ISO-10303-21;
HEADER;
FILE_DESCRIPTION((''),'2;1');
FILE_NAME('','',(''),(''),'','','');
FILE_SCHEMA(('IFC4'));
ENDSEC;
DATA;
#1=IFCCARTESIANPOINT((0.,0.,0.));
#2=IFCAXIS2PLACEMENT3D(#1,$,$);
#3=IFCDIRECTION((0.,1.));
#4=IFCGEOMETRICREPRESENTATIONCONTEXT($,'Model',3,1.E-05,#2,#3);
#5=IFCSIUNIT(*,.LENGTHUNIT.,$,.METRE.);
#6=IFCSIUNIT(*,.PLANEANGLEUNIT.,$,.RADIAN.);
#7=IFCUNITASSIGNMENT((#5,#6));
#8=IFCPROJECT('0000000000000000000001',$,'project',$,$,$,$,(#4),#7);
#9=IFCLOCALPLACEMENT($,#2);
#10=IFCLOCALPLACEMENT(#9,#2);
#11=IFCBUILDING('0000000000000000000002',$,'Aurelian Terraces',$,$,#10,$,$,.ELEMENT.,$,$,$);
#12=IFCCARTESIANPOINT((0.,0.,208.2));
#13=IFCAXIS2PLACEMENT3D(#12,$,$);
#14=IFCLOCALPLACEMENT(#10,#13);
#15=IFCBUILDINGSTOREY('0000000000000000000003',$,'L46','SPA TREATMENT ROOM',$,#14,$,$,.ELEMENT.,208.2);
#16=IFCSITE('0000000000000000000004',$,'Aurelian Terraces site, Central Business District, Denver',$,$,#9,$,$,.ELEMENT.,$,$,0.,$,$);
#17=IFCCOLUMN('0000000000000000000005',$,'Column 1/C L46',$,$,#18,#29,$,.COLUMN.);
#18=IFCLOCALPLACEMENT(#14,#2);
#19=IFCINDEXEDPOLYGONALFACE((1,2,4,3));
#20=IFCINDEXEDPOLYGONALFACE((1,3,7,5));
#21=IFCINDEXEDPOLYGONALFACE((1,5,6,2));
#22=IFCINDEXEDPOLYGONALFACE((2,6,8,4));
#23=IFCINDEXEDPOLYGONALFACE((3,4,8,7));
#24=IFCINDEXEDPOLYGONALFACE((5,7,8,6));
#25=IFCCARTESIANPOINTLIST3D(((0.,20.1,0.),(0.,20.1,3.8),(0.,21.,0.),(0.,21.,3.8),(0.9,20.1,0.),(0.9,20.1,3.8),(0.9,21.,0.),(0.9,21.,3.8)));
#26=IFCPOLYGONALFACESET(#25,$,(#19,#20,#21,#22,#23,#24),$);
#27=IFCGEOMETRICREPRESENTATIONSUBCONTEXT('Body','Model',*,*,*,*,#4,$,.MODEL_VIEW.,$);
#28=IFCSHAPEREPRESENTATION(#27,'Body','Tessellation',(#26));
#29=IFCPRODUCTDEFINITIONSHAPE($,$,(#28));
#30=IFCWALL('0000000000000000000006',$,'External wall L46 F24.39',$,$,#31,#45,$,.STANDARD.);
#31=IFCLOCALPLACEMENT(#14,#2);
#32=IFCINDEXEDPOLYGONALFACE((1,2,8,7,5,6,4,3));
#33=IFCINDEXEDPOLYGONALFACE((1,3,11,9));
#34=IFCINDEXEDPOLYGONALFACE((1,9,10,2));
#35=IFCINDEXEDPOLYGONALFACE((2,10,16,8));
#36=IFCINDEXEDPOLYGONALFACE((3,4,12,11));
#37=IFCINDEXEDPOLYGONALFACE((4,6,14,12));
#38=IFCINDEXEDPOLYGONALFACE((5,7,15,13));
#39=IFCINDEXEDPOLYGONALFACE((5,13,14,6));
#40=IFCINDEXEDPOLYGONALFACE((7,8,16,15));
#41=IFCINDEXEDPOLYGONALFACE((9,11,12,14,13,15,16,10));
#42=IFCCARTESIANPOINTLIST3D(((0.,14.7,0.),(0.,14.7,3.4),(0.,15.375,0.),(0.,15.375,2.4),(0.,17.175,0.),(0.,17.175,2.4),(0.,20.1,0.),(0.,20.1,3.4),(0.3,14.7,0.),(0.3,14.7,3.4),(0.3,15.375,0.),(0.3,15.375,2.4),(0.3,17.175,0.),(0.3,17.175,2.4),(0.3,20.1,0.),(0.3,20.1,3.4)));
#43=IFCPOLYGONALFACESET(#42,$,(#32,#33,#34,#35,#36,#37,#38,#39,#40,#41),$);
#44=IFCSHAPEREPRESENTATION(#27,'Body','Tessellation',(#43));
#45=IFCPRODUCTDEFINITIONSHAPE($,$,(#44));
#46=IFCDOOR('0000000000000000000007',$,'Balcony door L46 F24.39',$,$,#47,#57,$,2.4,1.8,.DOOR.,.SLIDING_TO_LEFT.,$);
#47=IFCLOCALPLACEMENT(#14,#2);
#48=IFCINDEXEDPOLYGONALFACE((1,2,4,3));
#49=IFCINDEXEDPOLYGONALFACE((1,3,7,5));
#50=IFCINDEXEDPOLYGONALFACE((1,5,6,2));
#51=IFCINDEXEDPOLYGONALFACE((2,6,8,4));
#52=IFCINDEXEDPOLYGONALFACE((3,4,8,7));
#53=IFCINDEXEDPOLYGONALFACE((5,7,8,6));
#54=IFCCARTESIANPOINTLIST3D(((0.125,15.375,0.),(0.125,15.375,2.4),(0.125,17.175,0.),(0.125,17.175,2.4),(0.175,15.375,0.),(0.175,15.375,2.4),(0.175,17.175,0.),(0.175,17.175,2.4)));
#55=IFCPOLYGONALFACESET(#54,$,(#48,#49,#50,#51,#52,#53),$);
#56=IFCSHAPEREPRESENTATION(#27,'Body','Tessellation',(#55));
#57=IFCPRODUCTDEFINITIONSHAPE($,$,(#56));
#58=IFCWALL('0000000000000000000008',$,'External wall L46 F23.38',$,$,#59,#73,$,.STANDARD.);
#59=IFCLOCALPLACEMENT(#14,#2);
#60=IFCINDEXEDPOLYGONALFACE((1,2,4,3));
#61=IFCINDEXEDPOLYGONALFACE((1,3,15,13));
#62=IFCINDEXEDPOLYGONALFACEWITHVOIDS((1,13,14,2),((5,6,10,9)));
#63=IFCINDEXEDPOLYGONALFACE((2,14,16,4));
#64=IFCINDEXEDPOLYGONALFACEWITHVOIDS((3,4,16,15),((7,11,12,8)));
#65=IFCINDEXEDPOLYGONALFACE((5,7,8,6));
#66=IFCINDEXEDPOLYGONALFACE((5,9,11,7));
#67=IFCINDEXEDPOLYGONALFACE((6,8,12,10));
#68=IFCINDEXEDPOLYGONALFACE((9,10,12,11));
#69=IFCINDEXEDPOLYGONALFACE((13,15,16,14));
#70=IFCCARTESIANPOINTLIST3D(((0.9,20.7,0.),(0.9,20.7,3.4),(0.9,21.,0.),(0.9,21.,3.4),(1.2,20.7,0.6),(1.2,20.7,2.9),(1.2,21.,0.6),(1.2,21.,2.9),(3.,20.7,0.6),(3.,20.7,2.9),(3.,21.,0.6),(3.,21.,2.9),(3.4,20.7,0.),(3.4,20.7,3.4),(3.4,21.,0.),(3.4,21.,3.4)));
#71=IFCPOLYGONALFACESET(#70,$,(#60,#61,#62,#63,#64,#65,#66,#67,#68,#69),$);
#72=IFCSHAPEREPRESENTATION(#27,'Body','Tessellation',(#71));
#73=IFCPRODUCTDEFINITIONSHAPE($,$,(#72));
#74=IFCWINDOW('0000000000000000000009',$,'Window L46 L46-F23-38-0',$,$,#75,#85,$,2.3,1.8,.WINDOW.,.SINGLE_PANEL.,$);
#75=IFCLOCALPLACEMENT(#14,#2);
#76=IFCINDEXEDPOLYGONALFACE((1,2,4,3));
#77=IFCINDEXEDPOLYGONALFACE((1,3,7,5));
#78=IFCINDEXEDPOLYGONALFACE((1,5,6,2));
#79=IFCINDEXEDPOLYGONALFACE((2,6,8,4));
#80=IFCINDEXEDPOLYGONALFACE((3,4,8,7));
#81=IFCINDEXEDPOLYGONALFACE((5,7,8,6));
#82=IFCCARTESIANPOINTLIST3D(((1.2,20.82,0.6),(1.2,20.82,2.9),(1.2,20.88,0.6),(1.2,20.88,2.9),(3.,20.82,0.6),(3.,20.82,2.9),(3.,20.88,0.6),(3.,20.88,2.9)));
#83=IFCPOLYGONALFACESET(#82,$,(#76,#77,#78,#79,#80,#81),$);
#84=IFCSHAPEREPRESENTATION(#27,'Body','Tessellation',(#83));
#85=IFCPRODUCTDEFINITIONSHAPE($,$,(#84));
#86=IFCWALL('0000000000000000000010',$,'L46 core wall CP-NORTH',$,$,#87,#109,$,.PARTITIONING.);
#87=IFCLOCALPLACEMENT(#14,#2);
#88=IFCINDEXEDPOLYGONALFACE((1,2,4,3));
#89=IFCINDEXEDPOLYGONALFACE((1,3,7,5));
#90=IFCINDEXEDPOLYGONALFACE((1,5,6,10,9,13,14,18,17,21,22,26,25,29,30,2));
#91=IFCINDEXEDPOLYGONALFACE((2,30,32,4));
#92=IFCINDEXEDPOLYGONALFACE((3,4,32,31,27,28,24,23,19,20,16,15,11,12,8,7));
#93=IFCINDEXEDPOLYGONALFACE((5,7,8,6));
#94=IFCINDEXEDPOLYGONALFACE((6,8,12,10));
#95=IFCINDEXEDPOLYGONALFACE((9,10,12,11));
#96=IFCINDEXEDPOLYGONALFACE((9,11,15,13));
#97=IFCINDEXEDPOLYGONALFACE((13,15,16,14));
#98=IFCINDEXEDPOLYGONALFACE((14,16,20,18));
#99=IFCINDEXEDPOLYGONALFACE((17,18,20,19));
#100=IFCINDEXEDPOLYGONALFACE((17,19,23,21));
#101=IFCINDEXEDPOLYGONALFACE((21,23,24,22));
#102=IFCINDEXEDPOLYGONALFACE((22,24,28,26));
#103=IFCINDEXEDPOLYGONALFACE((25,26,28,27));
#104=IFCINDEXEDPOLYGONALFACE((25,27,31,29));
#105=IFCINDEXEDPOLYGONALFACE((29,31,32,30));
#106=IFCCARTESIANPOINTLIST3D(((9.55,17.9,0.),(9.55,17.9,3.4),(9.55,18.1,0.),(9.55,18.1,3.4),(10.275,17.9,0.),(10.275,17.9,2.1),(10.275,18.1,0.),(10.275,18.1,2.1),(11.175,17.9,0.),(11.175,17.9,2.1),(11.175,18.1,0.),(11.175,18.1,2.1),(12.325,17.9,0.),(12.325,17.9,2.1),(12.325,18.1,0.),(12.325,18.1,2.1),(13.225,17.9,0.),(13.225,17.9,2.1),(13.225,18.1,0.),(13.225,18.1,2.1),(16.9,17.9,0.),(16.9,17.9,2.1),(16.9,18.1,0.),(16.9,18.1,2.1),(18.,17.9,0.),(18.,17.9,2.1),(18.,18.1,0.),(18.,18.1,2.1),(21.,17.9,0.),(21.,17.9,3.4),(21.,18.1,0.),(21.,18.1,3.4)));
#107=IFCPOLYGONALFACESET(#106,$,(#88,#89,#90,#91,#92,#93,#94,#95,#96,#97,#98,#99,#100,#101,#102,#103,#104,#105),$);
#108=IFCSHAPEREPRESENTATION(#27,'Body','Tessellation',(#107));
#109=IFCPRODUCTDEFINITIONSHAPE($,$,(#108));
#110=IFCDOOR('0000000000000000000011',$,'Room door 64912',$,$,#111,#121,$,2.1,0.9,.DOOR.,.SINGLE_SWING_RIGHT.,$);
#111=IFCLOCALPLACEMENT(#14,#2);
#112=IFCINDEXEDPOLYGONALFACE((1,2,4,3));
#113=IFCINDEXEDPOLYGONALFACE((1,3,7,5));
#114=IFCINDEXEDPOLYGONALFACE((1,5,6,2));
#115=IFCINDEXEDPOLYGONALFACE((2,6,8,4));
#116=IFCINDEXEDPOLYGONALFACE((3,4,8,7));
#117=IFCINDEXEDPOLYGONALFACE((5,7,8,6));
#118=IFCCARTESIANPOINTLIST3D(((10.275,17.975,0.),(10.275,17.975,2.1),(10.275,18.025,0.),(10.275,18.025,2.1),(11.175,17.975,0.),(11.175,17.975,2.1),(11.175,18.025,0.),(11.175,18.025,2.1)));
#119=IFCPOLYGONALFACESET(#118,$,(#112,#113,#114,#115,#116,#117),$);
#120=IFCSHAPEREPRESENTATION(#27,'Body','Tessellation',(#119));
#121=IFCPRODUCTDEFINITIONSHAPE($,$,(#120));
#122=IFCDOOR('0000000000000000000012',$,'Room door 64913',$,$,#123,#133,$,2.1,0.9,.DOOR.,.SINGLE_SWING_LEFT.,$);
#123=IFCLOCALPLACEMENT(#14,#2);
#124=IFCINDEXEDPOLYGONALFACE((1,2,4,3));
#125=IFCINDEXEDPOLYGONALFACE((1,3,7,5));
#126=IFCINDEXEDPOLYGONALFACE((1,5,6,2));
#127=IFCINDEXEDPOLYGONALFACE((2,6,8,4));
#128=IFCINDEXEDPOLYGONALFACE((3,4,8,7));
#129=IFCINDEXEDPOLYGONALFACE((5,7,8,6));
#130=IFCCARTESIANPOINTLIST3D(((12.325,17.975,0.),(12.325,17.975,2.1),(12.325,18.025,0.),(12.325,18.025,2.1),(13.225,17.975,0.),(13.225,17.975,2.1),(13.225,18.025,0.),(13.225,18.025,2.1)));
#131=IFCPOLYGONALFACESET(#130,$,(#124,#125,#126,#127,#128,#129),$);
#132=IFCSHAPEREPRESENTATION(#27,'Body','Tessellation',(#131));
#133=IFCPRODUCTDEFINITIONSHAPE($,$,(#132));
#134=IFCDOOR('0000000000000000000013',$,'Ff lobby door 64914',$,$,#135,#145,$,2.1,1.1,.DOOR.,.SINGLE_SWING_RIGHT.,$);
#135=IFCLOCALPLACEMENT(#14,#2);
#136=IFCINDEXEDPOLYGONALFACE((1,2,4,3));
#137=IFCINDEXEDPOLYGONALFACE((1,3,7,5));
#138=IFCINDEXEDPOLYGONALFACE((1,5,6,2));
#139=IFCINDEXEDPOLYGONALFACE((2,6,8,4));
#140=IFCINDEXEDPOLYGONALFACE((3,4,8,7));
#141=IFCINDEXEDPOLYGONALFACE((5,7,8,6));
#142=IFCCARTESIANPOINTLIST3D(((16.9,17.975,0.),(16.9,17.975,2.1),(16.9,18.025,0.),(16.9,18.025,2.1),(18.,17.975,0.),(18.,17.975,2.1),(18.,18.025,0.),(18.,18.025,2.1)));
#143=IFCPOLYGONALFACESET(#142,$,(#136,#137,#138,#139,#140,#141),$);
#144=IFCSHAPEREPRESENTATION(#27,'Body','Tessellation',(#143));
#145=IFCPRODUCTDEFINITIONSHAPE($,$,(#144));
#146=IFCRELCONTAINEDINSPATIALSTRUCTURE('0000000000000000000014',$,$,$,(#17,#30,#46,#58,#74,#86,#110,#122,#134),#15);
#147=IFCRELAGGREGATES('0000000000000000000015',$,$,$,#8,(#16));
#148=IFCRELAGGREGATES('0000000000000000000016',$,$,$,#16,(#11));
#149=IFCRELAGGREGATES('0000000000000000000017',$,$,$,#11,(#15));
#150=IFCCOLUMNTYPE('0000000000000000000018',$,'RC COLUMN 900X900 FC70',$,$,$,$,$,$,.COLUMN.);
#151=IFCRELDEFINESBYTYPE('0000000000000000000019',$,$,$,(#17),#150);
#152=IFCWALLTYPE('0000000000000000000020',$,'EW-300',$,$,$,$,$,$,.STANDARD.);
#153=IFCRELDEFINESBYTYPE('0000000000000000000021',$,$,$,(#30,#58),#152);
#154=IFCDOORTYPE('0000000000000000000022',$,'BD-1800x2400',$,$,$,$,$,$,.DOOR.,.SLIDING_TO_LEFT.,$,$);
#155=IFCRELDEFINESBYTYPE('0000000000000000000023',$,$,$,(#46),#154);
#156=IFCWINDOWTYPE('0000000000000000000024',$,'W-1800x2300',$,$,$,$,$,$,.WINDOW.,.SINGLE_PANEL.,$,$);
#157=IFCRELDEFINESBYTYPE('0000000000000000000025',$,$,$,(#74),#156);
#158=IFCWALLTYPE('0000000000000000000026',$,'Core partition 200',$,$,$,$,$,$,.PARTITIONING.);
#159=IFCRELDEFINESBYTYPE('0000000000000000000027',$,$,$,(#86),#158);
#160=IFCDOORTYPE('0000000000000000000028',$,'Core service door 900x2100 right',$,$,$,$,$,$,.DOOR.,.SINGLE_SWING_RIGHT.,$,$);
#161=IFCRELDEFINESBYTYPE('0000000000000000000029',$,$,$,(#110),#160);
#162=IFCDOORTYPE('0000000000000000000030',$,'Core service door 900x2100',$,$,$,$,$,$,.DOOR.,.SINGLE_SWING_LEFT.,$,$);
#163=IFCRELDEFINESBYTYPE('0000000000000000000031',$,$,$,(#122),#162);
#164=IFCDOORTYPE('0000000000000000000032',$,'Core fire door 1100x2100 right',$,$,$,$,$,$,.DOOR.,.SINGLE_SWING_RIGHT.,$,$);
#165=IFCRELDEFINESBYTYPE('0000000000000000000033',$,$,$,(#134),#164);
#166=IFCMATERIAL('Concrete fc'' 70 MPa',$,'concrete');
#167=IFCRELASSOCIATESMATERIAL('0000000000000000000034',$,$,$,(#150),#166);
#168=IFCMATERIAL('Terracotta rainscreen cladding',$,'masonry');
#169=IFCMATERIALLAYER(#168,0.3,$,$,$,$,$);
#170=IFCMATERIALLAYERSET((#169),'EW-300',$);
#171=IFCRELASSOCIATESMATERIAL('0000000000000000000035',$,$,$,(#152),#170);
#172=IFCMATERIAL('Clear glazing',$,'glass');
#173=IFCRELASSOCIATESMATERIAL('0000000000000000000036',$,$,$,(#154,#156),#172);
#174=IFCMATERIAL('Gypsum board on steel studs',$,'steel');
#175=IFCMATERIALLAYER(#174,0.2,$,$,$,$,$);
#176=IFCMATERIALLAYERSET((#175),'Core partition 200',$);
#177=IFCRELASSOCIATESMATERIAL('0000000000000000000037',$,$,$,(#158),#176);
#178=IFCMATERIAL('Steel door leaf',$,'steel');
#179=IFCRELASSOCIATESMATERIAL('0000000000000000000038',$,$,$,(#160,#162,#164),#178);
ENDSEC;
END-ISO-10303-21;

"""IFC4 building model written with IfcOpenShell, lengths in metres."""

from ifc_helpers import new_model, si_unit, direction, frame, frame_2d, origin, origin_2d, place, context, subcontext, project, spatial, rectangle, extrude, source, transform, mapped, material, layer, layer_set, material_profile, profile_set, type_object, element, fill, save


model = new_model("IFC4")

# Units and contexts
model_context = context("Model", 3, precision=1e-05, world=origin(), true_north=direction((0.0, 1.0)))
body_context = subcontext(model_context, "Body", "Model", "MODEL_VIEW")
ifc_project = project(units=[si_unit("LENGTHUNIT", "METRE"), si_unit("PLANEANGLEUNIT", "RADIAN")], contexts=[model_context])

# Site, building, storey
site_placement = place(None, origin())
site = spatial("IfcSite", under=ifc_project, at=site_placement, Name="Aurelian Terraces site, Central Business District, Denver", CompositionType="ELEMENT", RefElevation=0.0)
building_placement = place(site_placement, origin())
building = spatial("IfcBuilding", under=site, at=building_placement, Name="Aurelian Terraces", CompositionType="ELEMENT")
storey_placement = place(building_placement, frame((0.0, 0.0, 208.2)))
storey = spatial("IfcBuildingStorey", under=building, at=storey_placement, Name="L46", Description="SPA TREATMENT ROOM", CompositionType="ELEMENT", Elevation=208.2)

# Column
ifc_material_1 = material(Name="Concrete fc' 70 MPa", Category="concrete")
ifc_material_profile = material_profile(ifc_material_1, rectangle(XDim=0.9, YDim=0.9, at=origin_2d()))
ifc_profile_set = profile_set([ifc_material_profile], Name="Concrete fc' 70 MPa")
column_type = type_object("IfcColumnType", Name="RC COLUMN 900X900 FC70", PredefinedType="COLUMN", material=ifc_profile_set)
shared_shape_1 = source(origin(), body_context, "Body", "SweptSolid", [
    extrude(rectangle(XDim=0.9, YDim=0.9, at=origin_2d()), origin(), (0.0, 0.0, 1.0), 3.8),
])
column_placement = place(storey_placement, frame((0.45, 20.55, 0.0), z_axis=(0.0, 0.0, 1.0), x_axis=(1.0, 0.0, 0.0)))
element("IfcColumn", 1, at=column_placement, inside=storey, type_object=column_type, Name="Column 1/C L46", PredefinedType="COLUMN", context=body_context, shape_type="MappedRepresentation", body=[
    mapped(shared_shape_1, transform((0.0, 0.0, 0.0), scale=1.0)),
])

# Wall, opening, door
ifc_material_2 = material(Name="Terracotta rainscreen cladding", Category="masonry")
ifc_layer_1 = layer(ifc_material_2, 0.3)
ifc_layer_set_1 = layer_set([ifc_layer_1], Name="EW-300")
wall_type_1 = type_object("IfcWallType", Name="EW-300", PredefinedType="STANDARD", material=ifc_layer_set_1)
wall_1_placement = place(storey_placement, frame((0.15, 20.1, 0.0), z_axis=(0.0, 0.0, 1.0), x_axis=(0.0, -1.0, 0.0)))
wall_1 = element("IfcWall", 2, at=wall_1_placement, inside=storey, type_object=wall_type_1, Name="External wall L46 F24.39", PredefinedType="STANDARD", context=body_context, shape_type="SweptSolid", body=[
    extrude(rectangle(XDim=5.4, YDim=0.3, at=frame_2d((2.7, 0.0))), origin(), (0.0, 0.0, 1.0), 3.4),
])
shared_shape_2 = source(origin(), body_context, "Body", "SweptSolid", [
    extrude(rectangle(XDim=1.8, YDim=2.4, at=frame_2d((0.9, 1.2))), frame((0.0, 0.16, 0.0), z_axis=(0.0, -1.0, 0.0), x_axis=(1.0, 0.0, 0.0)), (0.0, 0.0, 1.0), 0.32),
])
opening_1_placement = place(wall_1_placement, frame((2.925, 0.0, 0.0)))
opening_1 = element("IfcOpeningElement", 3, at=opening_1_placement, cuts=wall_1, PredefinedType="OPENING", context=body_context, shape_type="MappedRepresentation", body=[
    mapped(shared_shape_2, transform((0.0, 0.0, 0.0), scale=1.0)),
])
ifc_material_3 = material(Name="Clear glazing", Category="glass")
door_type_1 = type_object("IfcDoorType", Name="BD-1800x2400", OperationType="SLIDING_TO_LEFT", PredefinedType="DOOR", material=ifc_material_3)
shared_shape_3 = source(origin(), body_context, "Body", "SweptSolid", [
    extrude(rectangle(XDim=1.8, YDim=2.4, at=frame_2d((0.9, 1.2))), frame((0.0, 0.025, 0.0), z_axis=(0.0, -1.0, 0.0), x_axis=(1.0, 0.0, 0.0)), (0.0, 0.0, 1.0), 0.05),
])
door_1_placement = place(opening_1_placement, origin())
door_1 = element("IfcDoor", 4, at=door_1_placement, inside=storey, type_object=door_type_1, Name="Balcony door L46 F24.39", OperationType="SLIDING_TO_LEFT", OverallHeight=2.4, OverallWidth=1.8, PredefinedType="DOOR", context=body_context, shape_type="MappedRepresentation", body=[
    mapped(shared_shape_3, transform((0.0, 0.0, 0.0), scale=1.0)),
])
fill(opening_1, door_1)

# Wall, opening, window
shared_shape_4 = source(origin(), body_context, "Body", "SweptSolid", [
    extrude(rectangle(XDim=2.5, YDim=0.3, at=frame_2d((1.25, 0.0))), origin(), (0.0, 0.0, 1.0), 3.4),
])
wall_2_placement = place(storey_placement, frame((3.4, 20.85, 0.0), z_axis=(0.0, 0.0, 1.0), x_axis=(-1.0, 0.0, 0.0)))
wall_2 = element("IfcWall", 5, at=wall_2_placement, inside=storey, type_object=wall_type_1, Name="External wall L46 F23.38", PredefinedType="STANDARD", context=body_context, shape_type="MappedRepresentation", body=[
    mapped(shared_shape_4, transform((0.0, 0.0, 0.0), scale=1.0)),
])
shared_shape_5 = source(origin(), body_context, "Body", "SweptSolid", [
    extrude(rectangle(XDim=1.8, YDim=2.3, at=frame_2d((0.9, 1.15))), frame((0.0, 0.16, 0.0), z_axis=(0.0, -1.0, 0.0), x_axis=(1.0, 0.0, 0.0)), (0.0, 0.0, 1.0), 0.32),
])
opening_2_placement = place(wall_2_placement, frame((0.4, 0.0, 0.6)))
opening_2 = element("IfcOpeningElement", 6, at=opening_2_placement, cuts=wall_2, PredefinedType="OPENING", context=body_context, shape_type="MappedRepresentation", body=[
    mapped(shared_shape_5, transform((0.0, 0.0, 0.0), scale=1.0)),
])
window_type = type_object("IfcWindowType", Name="W-1800x2300", PartitioningType="SINGLE_PANEL", PredefinedType="WINDOW", material=ifc_material_3)
shared_shape_6 = source(origin(), body_context, "Body", "SweptSolid", [
    extrude(rectangle(XDim=1.8, YDim=2.3, at=frame_2d((0.9, 1.15))), frame((0.0, 0.03, 0.0), z_axis=(0.0, -1.0, 0.0), x_axis=(1.0, 0.0, 0.0)), (0.0, 0.0, 1.0), 0.06),
])
window_placement = place(opening_2_placement, origin())
window = element("IfcWindow", 7, at=window_placement, inside=storey, type_object=window_type, Name="Window L46 L46-F23-38-0", OverallHeight=2.3, OverallWidth=1.8, PartitioningType="SINGLE_PANEL", PredefinedType="WINDOW", context=body_context, shape_type="MappedRepresentation", body=[
    mapped(shared_shape_6, transform((0.0, 0.0, 0.0), scale=1.0)),
])
fill(opening_2, window)

# Wall, openings, doors
ifc_material_4 = material(Name="Gypsum board on steel studs", Category="steel")
ifc_layer_2 = layer(ifc_material_4, 0.2)
ifc_layer_set_2 = layer_set([ifc_layer_2], Name="Core partition 200")
wall_type_2 = type_object("IfcWallType", Name="Core partition 200", PredefinedType="PARTITIONING", material=ifc_layer_set_2)
shared_shape_7 = source(origin(), body_context, "Body", "SweptSolid", [
    extrude(rectangle(XDim=11.45, YDim=0.2, at=frame_2d((5.725, 0.0))), origin(), (0.0, 0.0, 1.0), 3.4),
])
wall_3_placement = place(storey_placement, frame((9.55, 18.0, 0.0), z_axis=(0.0, 0.0, 1.0), x_axis=(1.0, 0.0, 0.0)))
wall_3 = element("IfcWall", 8, at=wall_3_placement, inside=storey, type_object=wall_type_2, Name="L46 core wall CP-NORTH", PredefinedType="PARTITIONING", context=body_context, shape_type="MappedRepresentation", body=[
    mapped(shared_shape_7, transform((0.0, 0.0, 0.0), scale=1.0)),
])
shared_shape_8 = source(origin(), body_context, "Body", "SweptSolid", [
    extrude(rectangle(XDim=0.9, YDim=2.1, at=frame_2d((0.45, 1.05))), frame((0.0, 0.11, 0.0), z_axis=(0.0, -1.0, 0.0), x_axis=(1.0, 0.0, 0.0)), (0.0, 0.0, 1.0), 0.22),
])
opening_3_placement = place(wall_3_placement, frame((0.725, 0.0, 0.0)))
opening_3 = element("IfcOpeningElement", 9, at=opening_3_placement, cuts=wall_3, PredefinedType="OPENING", context=body_context, shape_type="MappedRepresentation", body=[
    mapped(shared_shape_8, transform((0.0, 0.0, 0.0), scale=1.0)),
])
opening_4_placement = place(wall_3_placement, frame((2.775, 0.0, 0.0)))
opening_4 = element("IfcOpeningElement", 10, at=opening_4_placement, cuts=wall_3, PredefinedType="OPENING", context=body_context, shape_type="MappedRepresentation", body=[
    mapped(shared_shape_8, transform((0.0, 0.0, 0.0), scale=1.0)),
])
shared_shape_9 = source(origin(), body_context, "Body", "SweptSolid", [
    extrude(rectangle(XDim=1.1, YDim=2.1, at=frame_2d((0.55, 1.05))), frame((0.0, 0.11, 0.0), z_axis=(0.0, -1.0, 0.0), x_axis=(1.0, 0.0, 0.0)), (0.0, 0.0, 1.0), 0.22),
])
opening_5_placement = place(wall_3_placement, frame((7.35, 0.0, 0.0)))
opening_5 = element("IfcOpeningElement", 11, at=opening_5_placement, cuts=wall_3, PredefinedType="OPENING", context=body_context, shape_type="MappedRepresentation", body=[
    mapped(shared_shape_9, transform((0.0, 0.0, 0.0), scale=1.0)),
])
ifc_material_5 = material(Name="Steel door leaf", Category="steel")
door_type_2 = type_object("IfcDoorType", Name="Core service door 900x2100 right", OperationType="SINGLE_SWING_RIGHT", PredefinedType="DOOR", material=ifc_material_5)
shared_shape_10 = source(origin(), body_context, "Body", "SweptSolid", [
    extrude(rectangle(XDim=0.9, YDim=2.1, at=frame_2d((0.45, 1.05))), frame((0.0, 0.025, 0.0), z_axis=(0.0, -1.0, 0.0), x_axis=(1.0, 0.0, 0.0)), (0.0, 0.0, 1.0), 0.05),
])
door_2_placement = place(opening_3_placement, origin())
door_2 = element("IfcDoor", 12, at=door_2_placement, inside=storey, type_object=door_type_2, Name="Room door 64912", OperationType="SINGLE_SWING_RIGHT", OverallHeight=2.1, OverallWidth=0.9, PredefinedType="DOOR", context=body_context, shape_type="MappedRepresentation", body=[
    mapped(shared_shape_10, transform((0.0, 0.0, 0.0), scale=1.0)),
])
fill(opening_3, door_2)
door_type_3 = type_object("IfcDoorType", Name="Core service door 900x2100", OperationType="SINGLE_SWING_LEFT", PredefinedType="DOOR", material=ifc_material_5)
door_3_placement = place(opening_4_placement, origin())
door_3 = element("IfcDoor", 13, at=door_3_placement, inside=storey, type_object=door_type_3, Name="Room door 64913", OperationType="SINGLE_SWING_LEFT", OverallHeight=2.1, OverallWidth=0.9, PredefinedType="DOOR", context=body_context, shape_type="MappedRepresentation", body=[
    mapped(shared_shape_10, transform((0.0, 0.0, 0.0), scale=1.0)),
])
fill(opening_4, door_3)
door_type_4 = type_object("IfcDoorType", Name="Core fire door 1100x2100 right", OperationType="SINGLE_SWING_RIGHT", PredefinedType="DOOR", material=ifc_material_5)
shared_shape_11 = source(origin(), body_context, "Body", "SweptSolid", [
    extrude(rectangle(XDim=1.1, YDim=2.1, at=frame_2d((0.55, 1.05))), frame((0.0, 0.025, 0.0), z_axis=(0.0, -1.0, 0.0), x_axis=(1.0, 0.0, 0.0)), (0.0, 0.0, 1.0), 0.05),
])
door_4_placement = place(opening_5_placement, origin())
door_4 = element("IfcDoor", 14, at=door_4_placement, inside=storey, type_object=door_type_4, Name="Ff lobby door 64914", OperationType="SINGLE_SWING_RIGHT", OverallHeight=2.1, OverallWidth=1.1, PredefinedType="DOOR", context=body_context, shape_type="MappedRepresentation", body=[
    mapped(shared_shape_11, transform((0.0, 0.0, 0.0), scale=1.0)),
])
fill(opening_5, door_4)

save(model, "model.ifc")
